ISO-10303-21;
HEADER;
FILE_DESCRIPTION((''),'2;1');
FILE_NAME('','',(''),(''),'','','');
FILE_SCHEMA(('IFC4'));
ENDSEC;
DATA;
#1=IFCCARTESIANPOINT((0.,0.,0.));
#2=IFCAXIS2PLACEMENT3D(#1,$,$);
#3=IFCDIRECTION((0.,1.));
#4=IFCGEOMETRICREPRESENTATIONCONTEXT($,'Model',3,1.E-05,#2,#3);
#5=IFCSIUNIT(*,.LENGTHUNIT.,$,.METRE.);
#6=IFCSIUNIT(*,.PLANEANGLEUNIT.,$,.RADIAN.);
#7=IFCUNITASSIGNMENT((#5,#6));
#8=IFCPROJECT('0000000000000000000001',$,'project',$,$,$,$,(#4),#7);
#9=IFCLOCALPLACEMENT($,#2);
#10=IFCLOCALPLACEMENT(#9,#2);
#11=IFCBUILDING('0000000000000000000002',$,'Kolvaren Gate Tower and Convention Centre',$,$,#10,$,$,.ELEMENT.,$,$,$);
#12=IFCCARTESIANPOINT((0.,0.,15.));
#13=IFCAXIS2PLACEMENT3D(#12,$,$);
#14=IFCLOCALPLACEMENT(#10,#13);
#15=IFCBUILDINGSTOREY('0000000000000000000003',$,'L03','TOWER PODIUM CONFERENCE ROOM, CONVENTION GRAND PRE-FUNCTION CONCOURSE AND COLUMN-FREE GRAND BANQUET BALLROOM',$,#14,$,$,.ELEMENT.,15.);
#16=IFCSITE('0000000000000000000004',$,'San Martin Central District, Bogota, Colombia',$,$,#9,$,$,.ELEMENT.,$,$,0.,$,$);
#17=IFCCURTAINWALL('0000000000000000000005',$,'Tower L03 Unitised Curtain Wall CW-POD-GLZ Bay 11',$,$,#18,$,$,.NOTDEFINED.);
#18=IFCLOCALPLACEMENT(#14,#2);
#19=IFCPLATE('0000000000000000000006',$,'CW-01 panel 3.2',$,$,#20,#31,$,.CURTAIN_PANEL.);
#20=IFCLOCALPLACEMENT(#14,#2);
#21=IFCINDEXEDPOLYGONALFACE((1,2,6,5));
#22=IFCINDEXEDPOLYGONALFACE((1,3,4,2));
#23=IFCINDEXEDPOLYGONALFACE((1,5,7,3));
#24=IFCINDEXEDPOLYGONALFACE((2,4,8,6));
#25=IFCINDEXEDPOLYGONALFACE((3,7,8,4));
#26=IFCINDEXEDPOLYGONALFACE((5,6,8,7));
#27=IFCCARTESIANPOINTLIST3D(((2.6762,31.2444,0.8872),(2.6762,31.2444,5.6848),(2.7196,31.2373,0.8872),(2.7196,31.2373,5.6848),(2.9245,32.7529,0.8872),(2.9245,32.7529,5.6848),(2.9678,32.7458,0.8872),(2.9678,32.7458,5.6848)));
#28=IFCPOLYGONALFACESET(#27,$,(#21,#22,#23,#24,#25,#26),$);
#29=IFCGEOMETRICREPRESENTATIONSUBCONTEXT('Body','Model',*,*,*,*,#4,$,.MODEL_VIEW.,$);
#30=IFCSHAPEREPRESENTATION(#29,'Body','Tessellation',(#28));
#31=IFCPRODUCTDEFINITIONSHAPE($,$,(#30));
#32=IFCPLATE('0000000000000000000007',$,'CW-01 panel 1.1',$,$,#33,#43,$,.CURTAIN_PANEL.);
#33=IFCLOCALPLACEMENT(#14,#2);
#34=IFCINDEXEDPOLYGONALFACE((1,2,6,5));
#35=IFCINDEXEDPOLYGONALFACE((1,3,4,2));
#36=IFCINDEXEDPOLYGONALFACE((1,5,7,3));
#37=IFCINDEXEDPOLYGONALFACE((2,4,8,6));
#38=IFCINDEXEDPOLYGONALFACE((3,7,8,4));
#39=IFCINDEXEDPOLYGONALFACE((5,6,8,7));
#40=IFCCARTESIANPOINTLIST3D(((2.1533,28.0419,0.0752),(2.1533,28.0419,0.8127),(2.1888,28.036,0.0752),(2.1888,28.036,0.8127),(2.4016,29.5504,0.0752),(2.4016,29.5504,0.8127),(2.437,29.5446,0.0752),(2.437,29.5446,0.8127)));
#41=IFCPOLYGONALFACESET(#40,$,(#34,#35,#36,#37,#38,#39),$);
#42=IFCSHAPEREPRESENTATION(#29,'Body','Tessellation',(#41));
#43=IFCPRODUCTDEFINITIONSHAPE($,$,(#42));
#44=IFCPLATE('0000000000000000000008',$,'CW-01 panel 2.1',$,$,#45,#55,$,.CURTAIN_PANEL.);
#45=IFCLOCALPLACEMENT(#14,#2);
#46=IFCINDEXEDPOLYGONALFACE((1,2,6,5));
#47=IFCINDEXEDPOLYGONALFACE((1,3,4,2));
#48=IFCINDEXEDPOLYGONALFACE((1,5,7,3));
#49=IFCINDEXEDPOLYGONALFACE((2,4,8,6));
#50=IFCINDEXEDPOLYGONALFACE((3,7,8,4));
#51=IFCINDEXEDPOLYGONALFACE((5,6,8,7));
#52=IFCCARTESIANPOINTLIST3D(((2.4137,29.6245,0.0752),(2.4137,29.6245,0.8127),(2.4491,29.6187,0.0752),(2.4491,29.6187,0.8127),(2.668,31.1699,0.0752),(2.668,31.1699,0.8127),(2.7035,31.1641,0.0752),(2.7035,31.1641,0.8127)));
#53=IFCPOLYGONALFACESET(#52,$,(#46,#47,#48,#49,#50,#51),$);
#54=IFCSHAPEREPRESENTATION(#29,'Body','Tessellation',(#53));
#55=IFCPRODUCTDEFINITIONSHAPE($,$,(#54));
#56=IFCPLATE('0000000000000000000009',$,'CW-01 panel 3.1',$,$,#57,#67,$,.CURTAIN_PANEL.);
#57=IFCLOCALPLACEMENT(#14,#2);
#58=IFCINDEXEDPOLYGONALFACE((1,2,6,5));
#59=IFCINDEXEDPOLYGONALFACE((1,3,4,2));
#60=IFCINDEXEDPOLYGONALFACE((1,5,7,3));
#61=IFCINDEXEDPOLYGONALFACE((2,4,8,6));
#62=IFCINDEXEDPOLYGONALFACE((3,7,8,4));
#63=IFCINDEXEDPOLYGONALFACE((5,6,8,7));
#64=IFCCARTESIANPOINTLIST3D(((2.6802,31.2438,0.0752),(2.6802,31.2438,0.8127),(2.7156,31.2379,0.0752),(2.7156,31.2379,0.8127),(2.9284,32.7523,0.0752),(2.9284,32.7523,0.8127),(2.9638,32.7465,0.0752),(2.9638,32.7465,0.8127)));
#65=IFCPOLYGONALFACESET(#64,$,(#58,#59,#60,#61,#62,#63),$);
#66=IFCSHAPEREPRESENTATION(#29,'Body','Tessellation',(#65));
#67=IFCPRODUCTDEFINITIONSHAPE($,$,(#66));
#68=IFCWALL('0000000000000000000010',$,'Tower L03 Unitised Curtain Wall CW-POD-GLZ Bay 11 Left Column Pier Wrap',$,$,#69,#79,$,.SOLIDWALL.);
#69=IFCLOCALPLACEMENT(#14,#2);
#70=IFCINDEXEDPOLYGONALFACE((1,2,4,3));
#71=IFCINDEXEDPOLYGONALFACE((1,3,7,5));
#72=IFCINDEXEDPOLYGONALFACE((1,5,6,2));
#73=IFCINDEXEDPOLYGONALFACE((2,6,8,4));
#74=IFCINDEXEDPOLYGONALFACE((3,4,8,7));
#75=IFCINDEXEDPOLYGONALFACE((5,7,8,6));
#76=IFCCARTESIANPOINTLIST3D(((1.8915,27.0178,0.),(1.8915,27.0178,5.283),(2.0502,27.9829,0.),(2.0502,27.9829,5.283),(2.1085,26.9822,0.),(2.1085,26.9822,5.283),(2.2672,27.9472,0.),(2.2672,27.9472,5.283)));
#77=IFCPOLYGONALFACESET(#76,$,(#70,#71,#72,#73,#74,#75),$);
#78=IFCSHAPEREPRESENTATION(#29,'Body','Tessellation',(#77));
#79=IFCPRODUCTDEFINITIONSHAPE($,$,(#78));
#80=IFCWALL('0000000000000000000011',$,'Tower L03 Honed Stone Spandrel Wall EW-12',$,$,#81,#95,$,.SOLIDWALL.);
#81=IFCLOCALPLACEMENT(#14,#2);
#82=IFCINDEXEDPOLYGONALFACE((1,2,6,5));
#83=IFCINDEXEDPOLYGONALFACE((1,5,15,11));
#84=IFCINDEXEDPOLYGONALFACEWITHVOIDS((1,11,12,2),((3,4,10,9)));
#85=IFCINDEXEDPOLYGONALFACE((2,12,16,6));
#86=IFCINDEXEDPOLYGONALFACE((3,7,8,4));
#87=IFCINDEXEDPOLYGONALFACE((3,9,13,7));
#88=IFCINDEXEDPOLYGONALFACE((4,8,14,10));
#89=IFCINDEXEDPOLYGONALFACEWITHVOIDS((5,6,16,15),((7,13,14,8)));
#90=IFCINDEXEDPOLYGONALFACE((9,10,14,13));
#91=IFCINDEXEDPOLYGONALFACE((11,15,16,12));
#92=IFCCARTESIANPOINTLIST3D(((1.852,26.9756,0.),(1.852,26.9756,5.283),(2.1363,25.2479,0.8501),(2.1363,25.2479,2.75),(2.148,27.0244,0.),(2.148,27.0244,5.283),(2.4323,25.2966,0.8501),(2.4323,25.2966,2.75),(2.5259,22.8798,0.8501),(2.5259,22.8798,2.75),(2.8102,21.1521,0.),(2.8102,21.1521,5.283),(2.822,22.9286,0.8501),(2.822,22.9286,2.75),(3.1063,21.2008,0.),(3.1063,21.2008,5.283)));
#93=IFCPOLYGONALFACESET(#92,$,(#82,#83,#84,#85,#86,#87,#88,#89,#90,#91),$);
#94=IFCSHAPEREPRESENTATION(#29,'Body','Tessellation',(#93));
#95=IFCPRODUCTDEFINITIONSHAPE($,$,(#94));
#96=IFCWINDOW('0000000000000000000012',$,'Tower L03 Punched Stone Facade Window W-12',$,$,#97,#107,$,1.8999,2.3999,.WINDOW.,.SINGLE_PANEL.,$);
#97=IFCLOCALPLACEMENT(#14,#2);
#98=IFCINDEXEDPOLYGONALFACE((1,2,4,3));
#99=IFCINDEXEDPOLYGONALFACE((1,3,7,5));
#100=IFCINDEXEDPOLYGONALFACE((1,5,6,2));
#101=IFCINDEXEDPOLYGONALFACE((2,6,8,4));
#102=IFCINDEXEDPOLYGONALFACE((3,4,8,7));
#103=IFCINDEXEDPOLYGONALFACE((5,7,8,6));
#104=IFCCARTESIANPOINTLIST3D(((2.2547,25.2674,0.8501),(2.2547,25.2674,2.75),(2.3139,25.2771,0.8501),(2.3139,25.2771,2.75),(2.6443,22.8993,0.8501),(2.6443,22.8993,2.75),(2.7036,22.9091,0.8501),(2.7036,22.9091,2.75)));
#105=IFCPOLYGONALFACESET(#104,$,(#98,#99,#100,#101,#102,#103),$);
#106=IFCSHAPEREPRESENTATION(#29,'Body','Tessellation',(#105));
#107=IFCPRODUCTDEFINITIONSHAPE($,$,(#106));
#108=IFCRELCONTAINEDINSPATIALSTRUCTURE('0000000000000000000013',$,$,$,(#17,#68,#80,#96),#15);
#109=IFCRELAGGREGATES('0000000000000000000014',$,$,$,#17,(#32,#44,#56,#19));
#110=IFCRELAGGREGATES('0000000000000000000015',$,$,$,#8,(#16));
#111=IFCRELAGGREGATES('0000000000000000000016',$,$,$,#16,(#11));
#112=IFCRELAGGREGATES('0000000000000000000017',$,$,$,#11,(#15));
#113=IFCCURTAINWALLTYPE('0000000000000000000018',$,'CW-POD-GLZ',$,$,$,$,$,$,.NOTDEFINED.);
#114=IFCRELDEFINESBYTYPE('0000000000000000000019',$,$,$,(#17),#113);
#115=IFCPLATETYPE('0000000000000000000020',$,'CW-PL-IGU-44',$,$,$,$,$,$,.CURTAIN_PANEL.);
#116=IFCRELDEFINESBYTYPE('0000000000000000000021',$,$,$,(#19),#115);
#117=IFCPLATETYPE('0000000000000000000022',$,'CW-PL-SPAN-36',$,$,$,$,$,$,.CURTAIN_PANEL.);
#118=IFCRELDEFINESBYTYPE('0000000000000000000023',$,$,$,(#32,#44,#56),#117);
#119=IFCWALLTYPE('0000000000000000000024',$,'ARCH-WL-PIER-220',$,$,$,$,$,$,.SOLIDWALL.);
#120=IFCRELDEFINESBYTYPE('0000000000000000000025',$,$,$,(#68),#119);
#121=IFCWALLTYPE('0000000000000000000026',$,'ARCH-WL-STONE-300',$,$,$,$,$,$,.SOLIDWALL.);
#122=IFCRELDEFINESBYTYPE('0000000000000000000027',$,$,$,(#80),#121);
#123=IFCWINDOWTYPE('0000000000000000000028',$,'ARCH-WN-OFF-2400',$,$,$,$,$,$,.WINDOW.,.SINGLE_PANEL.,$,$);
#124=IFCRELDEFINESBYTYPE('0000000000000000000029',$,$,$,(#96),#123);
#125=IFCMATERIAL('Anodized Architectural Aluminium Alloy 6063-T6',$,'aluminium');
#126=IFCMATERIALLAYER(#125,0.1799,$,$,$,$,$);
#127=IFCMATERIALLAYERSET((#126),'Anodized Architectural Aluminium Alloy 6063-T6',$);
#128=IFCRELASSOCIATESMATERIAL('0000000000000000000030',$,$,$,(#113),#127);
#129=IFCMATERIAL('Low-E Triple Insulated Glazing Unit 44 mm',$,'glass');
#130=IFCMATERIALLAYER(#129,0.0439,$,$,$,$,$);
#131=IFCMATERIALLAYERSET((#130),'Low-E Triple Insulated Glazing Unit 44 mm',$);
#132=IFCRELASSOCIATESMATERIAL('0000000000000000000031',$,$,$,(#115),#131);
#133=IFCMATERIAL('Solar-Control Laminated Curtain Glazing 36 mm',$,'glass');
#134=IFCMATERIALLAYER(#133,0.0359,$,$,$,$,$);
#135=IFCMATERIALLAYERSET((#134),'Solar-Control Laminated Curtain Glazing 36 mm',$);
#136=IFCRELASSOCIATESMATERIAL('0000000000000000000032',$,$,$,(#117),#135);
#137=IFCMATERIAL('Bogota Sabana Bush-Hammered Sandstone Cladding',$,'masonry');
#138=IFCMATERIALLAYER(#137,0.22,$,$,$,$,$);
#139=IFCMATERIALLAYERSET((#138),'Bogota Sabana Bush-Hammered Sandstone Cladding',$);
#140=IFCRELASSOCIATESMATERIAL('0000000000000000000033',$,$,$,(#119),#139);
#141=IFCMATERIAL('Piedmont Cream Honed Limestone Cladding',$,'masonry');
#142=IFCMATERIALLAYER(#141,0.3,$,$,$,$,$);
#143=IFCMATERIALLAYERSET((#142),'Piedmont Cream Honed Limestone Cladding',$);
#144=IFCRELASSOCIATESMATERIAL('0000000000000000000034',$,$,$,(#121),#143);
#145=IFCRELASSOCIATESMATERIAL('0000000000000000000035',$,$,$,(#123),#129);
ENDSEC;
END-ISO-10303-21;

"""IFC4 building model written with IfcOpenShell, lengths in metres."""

from ifc_helpers import new_model, si_unit, direction, frame, frame_2d, origin, origin_2d, place, context, subcontext, project, spatial, rectangle, extrude, material, layer, layer_set, type_object, element, fill, aggregate, save


model = new_model("IFC4")

# Units and contexts
model_context = context("Model", 3, precision=1e-05, world=origin(), true_north=direction((0.0, 1.0)))
body_context = subcontext(model_context, "Body", "Model", "MODEL_VIEW")
ifc_project = project(units=[si_unit("LENGTHUNIT", "METRE"), si_unit("PLANEANGLEUNIT", "RADIAN")], contexts=[model_context])

# Site, building, storey
site_placement = place(None, origin())
site = spatial("IfcSite", under=ifc_project, at=site_placement, Name="San Martin Central District, Bogota, Colombia", CompositionType="ELEMENT", RefElevation=0.0)
building_placement = place(site_placement, origin())
building = spatial("IfcBuilding", under=site, at=building_placement, Name="Kolvaren Gate Tower and Convention Centre", CompositionType="ELEMENT")
storey_placement = place(building_placement, frame((0.0, 0.0, 15.0)))
storey = spatial("IfcBuildingStorey", under=building, at=storey_placement, Name="L03", Description="TOWER PODIUM CONFERENCE ROOM, CONVENTION GRAND PRE-FUNCTION CONCOURSE AND COLUMN-FREE GRAND BANQUET BALLROOM", CompositionType="ELEMENT", Elevation=15.0)

# Curtain wall, plates
ifc_material_1 = material(Name="Anodized Architectural Aluminium Alloy 6063-T6", Category="aluminium")
ifc_layer_1 = layer(ifc_material_1, 0.1799)
ifc_layer_set_1 = layer_set([ifc_layer_1], Name="Anodized Architectural Aluminium Alloy 6063-T6")
curtain_wall_type = type_object("IfcCurtainWallType", Name="CW-POD-GLZ", PredefinedType="NOTDEFINED", material=ifc_layer_set_1)
curtain_wall_placement = place(storey_placement, origin())
curtain_wall = element("IfcCurtainWall", 1, at=curtain_wall_placement, inside=storey, type_object=curtain_wall_type, Name="Tower L03 Unitised Curtain Wall CW-POD-GLZ Bay 11", PredefinedType="NOTDEFINED")
ifc_material_2 = material(Name="Low-E Triple Insulated Glazing Unit 44 mm", Category="glass")
ifc_layer_2 = layer(ifc_material_2, 0.0439)
ifc_layer_set_2 = layer_set([ifc_layer_2], Name="Low-E Triple Insulated Glazing Unit 44 mm")
plate_type_1 = type_object("IfcPlateType", Name="CW-PL-IGU-44", PredefinedType="CURTAIN_PANEL", material=ifc_layer_set_2)
plate_1_placement = place(storey_placement, frame((2.822, 31.9951, 0.8872), z_axis=(0.0, 0.0, 1.0), x_axis=(0.162376, 0.986729, 0.0)))
plate_1 = element("IfcPlate", 2, at=plate_1_placement, type_object=plate_type_1, Name="CW-01 panel 3.2", PredefinedType="CURTAIN_PANEL", context=body_context, shape_type="SweptSolid", body=[
    extrude(rectangle(XDim=1.5288, YDim=0.0439, at=origin_2d()), origin(), (0.0, 0.0, 1.0), 4.7976),
])
ifc_material_3 = material(Name="Solar-Control Laminated Curtain Glazing 36 mm", Category="glass")
ifc_layer_3 = layer(ifc_material_3, 0.0359)
ifc_layer_set_3 = layer_set([ifc_layer_3], Name="Solar-Control Laminated Curtain Glazing 36 mm")
plate_type_2 = type_object("IfcPlateType", Name="CW-PL-SPAN-36", PredefinedType="CURTAIN_PANEL", material=ifc_layer_set_3)
plate_2_placement = place(storey_placement, frame((2.2952, 28.7932, 0.0752), z_axis=(0.0, 0.0, 1.0), x_axis=(0.162376, 0.986729, 0.0)))
plate_2 = element("IfcPlate", 3, at=plate_2_placement, type_object=plate_type_2, Name="CW-01 panel 1.1", PredefinedType="CURTAIN_PANEL", context=body_context, shape_type="SweptSolid", body=[
    extrude(rectangle(XDim=1.5288, YDim=0.0359, at=origin_2d()), origin(), (0.0, 0.0, 1.0), 0.7375),
])
plate_3_placement = place(storey_placement, frame((2.5586, 30.3943, 0.0752), z_axis=(0.0, 0.0, 1.0), x_axis=(0.162376, 0.986729, 0.0)))
plate_3 = element("IfcPlate", 4, at=plate_3_placement, type_object=plate_type_2, Name="CW-01 panel 2.1", PredefinedType="CURTAIN_PANEL", context=body_context, shape_type="SweptSolid", body=[
    extrude(rectangle(XDim=1.5662, YDim=0.0359, at=origin_2d()), origin(), (0.0, 0.0, 1.0), 0.7375),
])
plate_4_placement = place(storey_placement, frame((2.822, 31.9951, 0.0752), z_axis=(0.0, 0.0, 1.0), x_axis=(0.162376, 0.986729, 0.0)))
plate_4 = element("IfcPlate", 5, at=plate_4_placement, type_object=plate_type_2, Name="CW-01 panel 3.1", PredefinedType="CURTAIN_PANEL", context=body_context, shape_type="SweptSolid", body=[
    extrude(rectangle(XDim=1.5288, YDim=0.0359, at=origin_2d()), origin(), (0.0, 0.0, 1.0), 0.7375),
])
aggregate(curtain_wall, [plate_2, plate_3, plate_4, plate_1])

# Wall
ifc_material_4 = material(Name="Bogota Sabana Bush-Hammered Sandstone Cladding", Category="masonry")
ifc_layer_4 = layer(ifc_material_4, 0.22)
ifc_layer_set_4 = layer_set([ifc_layer_4], Name="Bogota Sabana Bush-Hammered Sandstone Cladding")
wall_type_1 = type_object("IfcWallType", Name="ARCH-WL-PIER-220", PredefinedType="SOLIDWALL", material=ifc_layer_set_4)
wall_1_placement = place(storey_placement, frame((2.0, 27.0, 0.0), z_axis=(0.0, 0.0, 1.0), x_axis=(0.162253, 0.986749, 0.0)))
element("IfcWall", 6, at=wall_1_placement, inside=storey, type_object=wall_type_1, Name="Tower L03 Unitised Curtain Wall CW-POD-GLZ Bay 11 Left Column Pier Wrap", PredefinedType="SOLIDWALL", context=body_context, shape_type="SweptSolid", body=[
    extrude(rectangle(XDim=0.978, YDim=0.22, at=frame_2d((0.489, 0.0))), origin(), (0.0, 0.0, 1.0), 5.283),
])

# Wall, opening, window
ifc_material_5 = material(Name="Piedmont Cream Honed Limestone Cladding", Category="masonry")
ifc_layer_5 = layer(ifc_material_5, 0.3)
ifc_layer_set_5 = layer_set([ifc_layer_5], Name="Piedmont Cream Honed Limestone Cladding")
wall_type_2 = type_object("IfcWallType", Name="ARCH-WL-STONE-300", PredefinedType="SOLIDWALL", material=ifc_layer_set_5)
wall_2_placement = place(storey_placement, frame((2.0, 27.0, 0.0), z_axis=(0.0, 0.0, 1.0), x_axis=(0.162366, -0.986731, 0.0)))
wall_2 = element("IfcWall", 7, at=wall_2_placement, inside=storey, type_object=wall_type_2, Name="Tower L03 Honed Stone Spandrel Wall EW-12", PredefinedType="SOLIDWALL", context=body_context, shape_type="SweptSolid", body=[
    extrude(rectangle(XDim=5.9019, YDim=0.3, at=frame_2d((2.9509, 0.0))), origin(), (0.0, 0.0, 1.0), 5.283),
])
opening_placement = place(wall_2_placement, frame((1.751, 0.0, 0.8501)))
opening = element("IfcOpeningElement", 8, at=opening_placement, cuts=wall_2, PredefinedType="OPENING", context=body_context, shape_type="SweptSolid", body=[
    extrude(rectangle(XDim=2.3999, YDim=1.8999, at=frame_2d((1.2, 0.95))), frame((0.0, 0.1599, 0.0), z_axis=(0.0, -1.0, 0.0), x_axis=(1.0, 0.0, 0.0)), (0.0, 0.0, 1.0), 0.3201),
])
window_type = type_object("IfcWindowType", Name="ARCH-WN-OFF-2400", PartitioningType="SINGLE_PANEL", PredefinedType="WINDOW", material=ifc_material_2)
window_placement = place(opening_placement, origin())
window = element("IfcWindow", 9, at=window_placement, inside=storey, type_object=window_type, Name="Tower L03 Punched Stone Facade Window W-12", OverallHeight=1.8999, OverallWidth=2.3999, PartitioningType="SINGLE_PANEL", PredefinedType="WINDOW", context=body_context, shape_type="SweptSolid", body=[
    extrude(rectangle(XDim=2.3999, YDim=1.8999, at=frame_2d((1.2, 0.95))), frame((0.0, 0.03, 0.0), z_axis=(0.0, -1.0, 0.0), x_axis=(1.0, 0.0, 0.0)), (0.0, 0.0, 1.0), 0.0601),
])
fill(opening, window)

save(model, "model.ifc")
